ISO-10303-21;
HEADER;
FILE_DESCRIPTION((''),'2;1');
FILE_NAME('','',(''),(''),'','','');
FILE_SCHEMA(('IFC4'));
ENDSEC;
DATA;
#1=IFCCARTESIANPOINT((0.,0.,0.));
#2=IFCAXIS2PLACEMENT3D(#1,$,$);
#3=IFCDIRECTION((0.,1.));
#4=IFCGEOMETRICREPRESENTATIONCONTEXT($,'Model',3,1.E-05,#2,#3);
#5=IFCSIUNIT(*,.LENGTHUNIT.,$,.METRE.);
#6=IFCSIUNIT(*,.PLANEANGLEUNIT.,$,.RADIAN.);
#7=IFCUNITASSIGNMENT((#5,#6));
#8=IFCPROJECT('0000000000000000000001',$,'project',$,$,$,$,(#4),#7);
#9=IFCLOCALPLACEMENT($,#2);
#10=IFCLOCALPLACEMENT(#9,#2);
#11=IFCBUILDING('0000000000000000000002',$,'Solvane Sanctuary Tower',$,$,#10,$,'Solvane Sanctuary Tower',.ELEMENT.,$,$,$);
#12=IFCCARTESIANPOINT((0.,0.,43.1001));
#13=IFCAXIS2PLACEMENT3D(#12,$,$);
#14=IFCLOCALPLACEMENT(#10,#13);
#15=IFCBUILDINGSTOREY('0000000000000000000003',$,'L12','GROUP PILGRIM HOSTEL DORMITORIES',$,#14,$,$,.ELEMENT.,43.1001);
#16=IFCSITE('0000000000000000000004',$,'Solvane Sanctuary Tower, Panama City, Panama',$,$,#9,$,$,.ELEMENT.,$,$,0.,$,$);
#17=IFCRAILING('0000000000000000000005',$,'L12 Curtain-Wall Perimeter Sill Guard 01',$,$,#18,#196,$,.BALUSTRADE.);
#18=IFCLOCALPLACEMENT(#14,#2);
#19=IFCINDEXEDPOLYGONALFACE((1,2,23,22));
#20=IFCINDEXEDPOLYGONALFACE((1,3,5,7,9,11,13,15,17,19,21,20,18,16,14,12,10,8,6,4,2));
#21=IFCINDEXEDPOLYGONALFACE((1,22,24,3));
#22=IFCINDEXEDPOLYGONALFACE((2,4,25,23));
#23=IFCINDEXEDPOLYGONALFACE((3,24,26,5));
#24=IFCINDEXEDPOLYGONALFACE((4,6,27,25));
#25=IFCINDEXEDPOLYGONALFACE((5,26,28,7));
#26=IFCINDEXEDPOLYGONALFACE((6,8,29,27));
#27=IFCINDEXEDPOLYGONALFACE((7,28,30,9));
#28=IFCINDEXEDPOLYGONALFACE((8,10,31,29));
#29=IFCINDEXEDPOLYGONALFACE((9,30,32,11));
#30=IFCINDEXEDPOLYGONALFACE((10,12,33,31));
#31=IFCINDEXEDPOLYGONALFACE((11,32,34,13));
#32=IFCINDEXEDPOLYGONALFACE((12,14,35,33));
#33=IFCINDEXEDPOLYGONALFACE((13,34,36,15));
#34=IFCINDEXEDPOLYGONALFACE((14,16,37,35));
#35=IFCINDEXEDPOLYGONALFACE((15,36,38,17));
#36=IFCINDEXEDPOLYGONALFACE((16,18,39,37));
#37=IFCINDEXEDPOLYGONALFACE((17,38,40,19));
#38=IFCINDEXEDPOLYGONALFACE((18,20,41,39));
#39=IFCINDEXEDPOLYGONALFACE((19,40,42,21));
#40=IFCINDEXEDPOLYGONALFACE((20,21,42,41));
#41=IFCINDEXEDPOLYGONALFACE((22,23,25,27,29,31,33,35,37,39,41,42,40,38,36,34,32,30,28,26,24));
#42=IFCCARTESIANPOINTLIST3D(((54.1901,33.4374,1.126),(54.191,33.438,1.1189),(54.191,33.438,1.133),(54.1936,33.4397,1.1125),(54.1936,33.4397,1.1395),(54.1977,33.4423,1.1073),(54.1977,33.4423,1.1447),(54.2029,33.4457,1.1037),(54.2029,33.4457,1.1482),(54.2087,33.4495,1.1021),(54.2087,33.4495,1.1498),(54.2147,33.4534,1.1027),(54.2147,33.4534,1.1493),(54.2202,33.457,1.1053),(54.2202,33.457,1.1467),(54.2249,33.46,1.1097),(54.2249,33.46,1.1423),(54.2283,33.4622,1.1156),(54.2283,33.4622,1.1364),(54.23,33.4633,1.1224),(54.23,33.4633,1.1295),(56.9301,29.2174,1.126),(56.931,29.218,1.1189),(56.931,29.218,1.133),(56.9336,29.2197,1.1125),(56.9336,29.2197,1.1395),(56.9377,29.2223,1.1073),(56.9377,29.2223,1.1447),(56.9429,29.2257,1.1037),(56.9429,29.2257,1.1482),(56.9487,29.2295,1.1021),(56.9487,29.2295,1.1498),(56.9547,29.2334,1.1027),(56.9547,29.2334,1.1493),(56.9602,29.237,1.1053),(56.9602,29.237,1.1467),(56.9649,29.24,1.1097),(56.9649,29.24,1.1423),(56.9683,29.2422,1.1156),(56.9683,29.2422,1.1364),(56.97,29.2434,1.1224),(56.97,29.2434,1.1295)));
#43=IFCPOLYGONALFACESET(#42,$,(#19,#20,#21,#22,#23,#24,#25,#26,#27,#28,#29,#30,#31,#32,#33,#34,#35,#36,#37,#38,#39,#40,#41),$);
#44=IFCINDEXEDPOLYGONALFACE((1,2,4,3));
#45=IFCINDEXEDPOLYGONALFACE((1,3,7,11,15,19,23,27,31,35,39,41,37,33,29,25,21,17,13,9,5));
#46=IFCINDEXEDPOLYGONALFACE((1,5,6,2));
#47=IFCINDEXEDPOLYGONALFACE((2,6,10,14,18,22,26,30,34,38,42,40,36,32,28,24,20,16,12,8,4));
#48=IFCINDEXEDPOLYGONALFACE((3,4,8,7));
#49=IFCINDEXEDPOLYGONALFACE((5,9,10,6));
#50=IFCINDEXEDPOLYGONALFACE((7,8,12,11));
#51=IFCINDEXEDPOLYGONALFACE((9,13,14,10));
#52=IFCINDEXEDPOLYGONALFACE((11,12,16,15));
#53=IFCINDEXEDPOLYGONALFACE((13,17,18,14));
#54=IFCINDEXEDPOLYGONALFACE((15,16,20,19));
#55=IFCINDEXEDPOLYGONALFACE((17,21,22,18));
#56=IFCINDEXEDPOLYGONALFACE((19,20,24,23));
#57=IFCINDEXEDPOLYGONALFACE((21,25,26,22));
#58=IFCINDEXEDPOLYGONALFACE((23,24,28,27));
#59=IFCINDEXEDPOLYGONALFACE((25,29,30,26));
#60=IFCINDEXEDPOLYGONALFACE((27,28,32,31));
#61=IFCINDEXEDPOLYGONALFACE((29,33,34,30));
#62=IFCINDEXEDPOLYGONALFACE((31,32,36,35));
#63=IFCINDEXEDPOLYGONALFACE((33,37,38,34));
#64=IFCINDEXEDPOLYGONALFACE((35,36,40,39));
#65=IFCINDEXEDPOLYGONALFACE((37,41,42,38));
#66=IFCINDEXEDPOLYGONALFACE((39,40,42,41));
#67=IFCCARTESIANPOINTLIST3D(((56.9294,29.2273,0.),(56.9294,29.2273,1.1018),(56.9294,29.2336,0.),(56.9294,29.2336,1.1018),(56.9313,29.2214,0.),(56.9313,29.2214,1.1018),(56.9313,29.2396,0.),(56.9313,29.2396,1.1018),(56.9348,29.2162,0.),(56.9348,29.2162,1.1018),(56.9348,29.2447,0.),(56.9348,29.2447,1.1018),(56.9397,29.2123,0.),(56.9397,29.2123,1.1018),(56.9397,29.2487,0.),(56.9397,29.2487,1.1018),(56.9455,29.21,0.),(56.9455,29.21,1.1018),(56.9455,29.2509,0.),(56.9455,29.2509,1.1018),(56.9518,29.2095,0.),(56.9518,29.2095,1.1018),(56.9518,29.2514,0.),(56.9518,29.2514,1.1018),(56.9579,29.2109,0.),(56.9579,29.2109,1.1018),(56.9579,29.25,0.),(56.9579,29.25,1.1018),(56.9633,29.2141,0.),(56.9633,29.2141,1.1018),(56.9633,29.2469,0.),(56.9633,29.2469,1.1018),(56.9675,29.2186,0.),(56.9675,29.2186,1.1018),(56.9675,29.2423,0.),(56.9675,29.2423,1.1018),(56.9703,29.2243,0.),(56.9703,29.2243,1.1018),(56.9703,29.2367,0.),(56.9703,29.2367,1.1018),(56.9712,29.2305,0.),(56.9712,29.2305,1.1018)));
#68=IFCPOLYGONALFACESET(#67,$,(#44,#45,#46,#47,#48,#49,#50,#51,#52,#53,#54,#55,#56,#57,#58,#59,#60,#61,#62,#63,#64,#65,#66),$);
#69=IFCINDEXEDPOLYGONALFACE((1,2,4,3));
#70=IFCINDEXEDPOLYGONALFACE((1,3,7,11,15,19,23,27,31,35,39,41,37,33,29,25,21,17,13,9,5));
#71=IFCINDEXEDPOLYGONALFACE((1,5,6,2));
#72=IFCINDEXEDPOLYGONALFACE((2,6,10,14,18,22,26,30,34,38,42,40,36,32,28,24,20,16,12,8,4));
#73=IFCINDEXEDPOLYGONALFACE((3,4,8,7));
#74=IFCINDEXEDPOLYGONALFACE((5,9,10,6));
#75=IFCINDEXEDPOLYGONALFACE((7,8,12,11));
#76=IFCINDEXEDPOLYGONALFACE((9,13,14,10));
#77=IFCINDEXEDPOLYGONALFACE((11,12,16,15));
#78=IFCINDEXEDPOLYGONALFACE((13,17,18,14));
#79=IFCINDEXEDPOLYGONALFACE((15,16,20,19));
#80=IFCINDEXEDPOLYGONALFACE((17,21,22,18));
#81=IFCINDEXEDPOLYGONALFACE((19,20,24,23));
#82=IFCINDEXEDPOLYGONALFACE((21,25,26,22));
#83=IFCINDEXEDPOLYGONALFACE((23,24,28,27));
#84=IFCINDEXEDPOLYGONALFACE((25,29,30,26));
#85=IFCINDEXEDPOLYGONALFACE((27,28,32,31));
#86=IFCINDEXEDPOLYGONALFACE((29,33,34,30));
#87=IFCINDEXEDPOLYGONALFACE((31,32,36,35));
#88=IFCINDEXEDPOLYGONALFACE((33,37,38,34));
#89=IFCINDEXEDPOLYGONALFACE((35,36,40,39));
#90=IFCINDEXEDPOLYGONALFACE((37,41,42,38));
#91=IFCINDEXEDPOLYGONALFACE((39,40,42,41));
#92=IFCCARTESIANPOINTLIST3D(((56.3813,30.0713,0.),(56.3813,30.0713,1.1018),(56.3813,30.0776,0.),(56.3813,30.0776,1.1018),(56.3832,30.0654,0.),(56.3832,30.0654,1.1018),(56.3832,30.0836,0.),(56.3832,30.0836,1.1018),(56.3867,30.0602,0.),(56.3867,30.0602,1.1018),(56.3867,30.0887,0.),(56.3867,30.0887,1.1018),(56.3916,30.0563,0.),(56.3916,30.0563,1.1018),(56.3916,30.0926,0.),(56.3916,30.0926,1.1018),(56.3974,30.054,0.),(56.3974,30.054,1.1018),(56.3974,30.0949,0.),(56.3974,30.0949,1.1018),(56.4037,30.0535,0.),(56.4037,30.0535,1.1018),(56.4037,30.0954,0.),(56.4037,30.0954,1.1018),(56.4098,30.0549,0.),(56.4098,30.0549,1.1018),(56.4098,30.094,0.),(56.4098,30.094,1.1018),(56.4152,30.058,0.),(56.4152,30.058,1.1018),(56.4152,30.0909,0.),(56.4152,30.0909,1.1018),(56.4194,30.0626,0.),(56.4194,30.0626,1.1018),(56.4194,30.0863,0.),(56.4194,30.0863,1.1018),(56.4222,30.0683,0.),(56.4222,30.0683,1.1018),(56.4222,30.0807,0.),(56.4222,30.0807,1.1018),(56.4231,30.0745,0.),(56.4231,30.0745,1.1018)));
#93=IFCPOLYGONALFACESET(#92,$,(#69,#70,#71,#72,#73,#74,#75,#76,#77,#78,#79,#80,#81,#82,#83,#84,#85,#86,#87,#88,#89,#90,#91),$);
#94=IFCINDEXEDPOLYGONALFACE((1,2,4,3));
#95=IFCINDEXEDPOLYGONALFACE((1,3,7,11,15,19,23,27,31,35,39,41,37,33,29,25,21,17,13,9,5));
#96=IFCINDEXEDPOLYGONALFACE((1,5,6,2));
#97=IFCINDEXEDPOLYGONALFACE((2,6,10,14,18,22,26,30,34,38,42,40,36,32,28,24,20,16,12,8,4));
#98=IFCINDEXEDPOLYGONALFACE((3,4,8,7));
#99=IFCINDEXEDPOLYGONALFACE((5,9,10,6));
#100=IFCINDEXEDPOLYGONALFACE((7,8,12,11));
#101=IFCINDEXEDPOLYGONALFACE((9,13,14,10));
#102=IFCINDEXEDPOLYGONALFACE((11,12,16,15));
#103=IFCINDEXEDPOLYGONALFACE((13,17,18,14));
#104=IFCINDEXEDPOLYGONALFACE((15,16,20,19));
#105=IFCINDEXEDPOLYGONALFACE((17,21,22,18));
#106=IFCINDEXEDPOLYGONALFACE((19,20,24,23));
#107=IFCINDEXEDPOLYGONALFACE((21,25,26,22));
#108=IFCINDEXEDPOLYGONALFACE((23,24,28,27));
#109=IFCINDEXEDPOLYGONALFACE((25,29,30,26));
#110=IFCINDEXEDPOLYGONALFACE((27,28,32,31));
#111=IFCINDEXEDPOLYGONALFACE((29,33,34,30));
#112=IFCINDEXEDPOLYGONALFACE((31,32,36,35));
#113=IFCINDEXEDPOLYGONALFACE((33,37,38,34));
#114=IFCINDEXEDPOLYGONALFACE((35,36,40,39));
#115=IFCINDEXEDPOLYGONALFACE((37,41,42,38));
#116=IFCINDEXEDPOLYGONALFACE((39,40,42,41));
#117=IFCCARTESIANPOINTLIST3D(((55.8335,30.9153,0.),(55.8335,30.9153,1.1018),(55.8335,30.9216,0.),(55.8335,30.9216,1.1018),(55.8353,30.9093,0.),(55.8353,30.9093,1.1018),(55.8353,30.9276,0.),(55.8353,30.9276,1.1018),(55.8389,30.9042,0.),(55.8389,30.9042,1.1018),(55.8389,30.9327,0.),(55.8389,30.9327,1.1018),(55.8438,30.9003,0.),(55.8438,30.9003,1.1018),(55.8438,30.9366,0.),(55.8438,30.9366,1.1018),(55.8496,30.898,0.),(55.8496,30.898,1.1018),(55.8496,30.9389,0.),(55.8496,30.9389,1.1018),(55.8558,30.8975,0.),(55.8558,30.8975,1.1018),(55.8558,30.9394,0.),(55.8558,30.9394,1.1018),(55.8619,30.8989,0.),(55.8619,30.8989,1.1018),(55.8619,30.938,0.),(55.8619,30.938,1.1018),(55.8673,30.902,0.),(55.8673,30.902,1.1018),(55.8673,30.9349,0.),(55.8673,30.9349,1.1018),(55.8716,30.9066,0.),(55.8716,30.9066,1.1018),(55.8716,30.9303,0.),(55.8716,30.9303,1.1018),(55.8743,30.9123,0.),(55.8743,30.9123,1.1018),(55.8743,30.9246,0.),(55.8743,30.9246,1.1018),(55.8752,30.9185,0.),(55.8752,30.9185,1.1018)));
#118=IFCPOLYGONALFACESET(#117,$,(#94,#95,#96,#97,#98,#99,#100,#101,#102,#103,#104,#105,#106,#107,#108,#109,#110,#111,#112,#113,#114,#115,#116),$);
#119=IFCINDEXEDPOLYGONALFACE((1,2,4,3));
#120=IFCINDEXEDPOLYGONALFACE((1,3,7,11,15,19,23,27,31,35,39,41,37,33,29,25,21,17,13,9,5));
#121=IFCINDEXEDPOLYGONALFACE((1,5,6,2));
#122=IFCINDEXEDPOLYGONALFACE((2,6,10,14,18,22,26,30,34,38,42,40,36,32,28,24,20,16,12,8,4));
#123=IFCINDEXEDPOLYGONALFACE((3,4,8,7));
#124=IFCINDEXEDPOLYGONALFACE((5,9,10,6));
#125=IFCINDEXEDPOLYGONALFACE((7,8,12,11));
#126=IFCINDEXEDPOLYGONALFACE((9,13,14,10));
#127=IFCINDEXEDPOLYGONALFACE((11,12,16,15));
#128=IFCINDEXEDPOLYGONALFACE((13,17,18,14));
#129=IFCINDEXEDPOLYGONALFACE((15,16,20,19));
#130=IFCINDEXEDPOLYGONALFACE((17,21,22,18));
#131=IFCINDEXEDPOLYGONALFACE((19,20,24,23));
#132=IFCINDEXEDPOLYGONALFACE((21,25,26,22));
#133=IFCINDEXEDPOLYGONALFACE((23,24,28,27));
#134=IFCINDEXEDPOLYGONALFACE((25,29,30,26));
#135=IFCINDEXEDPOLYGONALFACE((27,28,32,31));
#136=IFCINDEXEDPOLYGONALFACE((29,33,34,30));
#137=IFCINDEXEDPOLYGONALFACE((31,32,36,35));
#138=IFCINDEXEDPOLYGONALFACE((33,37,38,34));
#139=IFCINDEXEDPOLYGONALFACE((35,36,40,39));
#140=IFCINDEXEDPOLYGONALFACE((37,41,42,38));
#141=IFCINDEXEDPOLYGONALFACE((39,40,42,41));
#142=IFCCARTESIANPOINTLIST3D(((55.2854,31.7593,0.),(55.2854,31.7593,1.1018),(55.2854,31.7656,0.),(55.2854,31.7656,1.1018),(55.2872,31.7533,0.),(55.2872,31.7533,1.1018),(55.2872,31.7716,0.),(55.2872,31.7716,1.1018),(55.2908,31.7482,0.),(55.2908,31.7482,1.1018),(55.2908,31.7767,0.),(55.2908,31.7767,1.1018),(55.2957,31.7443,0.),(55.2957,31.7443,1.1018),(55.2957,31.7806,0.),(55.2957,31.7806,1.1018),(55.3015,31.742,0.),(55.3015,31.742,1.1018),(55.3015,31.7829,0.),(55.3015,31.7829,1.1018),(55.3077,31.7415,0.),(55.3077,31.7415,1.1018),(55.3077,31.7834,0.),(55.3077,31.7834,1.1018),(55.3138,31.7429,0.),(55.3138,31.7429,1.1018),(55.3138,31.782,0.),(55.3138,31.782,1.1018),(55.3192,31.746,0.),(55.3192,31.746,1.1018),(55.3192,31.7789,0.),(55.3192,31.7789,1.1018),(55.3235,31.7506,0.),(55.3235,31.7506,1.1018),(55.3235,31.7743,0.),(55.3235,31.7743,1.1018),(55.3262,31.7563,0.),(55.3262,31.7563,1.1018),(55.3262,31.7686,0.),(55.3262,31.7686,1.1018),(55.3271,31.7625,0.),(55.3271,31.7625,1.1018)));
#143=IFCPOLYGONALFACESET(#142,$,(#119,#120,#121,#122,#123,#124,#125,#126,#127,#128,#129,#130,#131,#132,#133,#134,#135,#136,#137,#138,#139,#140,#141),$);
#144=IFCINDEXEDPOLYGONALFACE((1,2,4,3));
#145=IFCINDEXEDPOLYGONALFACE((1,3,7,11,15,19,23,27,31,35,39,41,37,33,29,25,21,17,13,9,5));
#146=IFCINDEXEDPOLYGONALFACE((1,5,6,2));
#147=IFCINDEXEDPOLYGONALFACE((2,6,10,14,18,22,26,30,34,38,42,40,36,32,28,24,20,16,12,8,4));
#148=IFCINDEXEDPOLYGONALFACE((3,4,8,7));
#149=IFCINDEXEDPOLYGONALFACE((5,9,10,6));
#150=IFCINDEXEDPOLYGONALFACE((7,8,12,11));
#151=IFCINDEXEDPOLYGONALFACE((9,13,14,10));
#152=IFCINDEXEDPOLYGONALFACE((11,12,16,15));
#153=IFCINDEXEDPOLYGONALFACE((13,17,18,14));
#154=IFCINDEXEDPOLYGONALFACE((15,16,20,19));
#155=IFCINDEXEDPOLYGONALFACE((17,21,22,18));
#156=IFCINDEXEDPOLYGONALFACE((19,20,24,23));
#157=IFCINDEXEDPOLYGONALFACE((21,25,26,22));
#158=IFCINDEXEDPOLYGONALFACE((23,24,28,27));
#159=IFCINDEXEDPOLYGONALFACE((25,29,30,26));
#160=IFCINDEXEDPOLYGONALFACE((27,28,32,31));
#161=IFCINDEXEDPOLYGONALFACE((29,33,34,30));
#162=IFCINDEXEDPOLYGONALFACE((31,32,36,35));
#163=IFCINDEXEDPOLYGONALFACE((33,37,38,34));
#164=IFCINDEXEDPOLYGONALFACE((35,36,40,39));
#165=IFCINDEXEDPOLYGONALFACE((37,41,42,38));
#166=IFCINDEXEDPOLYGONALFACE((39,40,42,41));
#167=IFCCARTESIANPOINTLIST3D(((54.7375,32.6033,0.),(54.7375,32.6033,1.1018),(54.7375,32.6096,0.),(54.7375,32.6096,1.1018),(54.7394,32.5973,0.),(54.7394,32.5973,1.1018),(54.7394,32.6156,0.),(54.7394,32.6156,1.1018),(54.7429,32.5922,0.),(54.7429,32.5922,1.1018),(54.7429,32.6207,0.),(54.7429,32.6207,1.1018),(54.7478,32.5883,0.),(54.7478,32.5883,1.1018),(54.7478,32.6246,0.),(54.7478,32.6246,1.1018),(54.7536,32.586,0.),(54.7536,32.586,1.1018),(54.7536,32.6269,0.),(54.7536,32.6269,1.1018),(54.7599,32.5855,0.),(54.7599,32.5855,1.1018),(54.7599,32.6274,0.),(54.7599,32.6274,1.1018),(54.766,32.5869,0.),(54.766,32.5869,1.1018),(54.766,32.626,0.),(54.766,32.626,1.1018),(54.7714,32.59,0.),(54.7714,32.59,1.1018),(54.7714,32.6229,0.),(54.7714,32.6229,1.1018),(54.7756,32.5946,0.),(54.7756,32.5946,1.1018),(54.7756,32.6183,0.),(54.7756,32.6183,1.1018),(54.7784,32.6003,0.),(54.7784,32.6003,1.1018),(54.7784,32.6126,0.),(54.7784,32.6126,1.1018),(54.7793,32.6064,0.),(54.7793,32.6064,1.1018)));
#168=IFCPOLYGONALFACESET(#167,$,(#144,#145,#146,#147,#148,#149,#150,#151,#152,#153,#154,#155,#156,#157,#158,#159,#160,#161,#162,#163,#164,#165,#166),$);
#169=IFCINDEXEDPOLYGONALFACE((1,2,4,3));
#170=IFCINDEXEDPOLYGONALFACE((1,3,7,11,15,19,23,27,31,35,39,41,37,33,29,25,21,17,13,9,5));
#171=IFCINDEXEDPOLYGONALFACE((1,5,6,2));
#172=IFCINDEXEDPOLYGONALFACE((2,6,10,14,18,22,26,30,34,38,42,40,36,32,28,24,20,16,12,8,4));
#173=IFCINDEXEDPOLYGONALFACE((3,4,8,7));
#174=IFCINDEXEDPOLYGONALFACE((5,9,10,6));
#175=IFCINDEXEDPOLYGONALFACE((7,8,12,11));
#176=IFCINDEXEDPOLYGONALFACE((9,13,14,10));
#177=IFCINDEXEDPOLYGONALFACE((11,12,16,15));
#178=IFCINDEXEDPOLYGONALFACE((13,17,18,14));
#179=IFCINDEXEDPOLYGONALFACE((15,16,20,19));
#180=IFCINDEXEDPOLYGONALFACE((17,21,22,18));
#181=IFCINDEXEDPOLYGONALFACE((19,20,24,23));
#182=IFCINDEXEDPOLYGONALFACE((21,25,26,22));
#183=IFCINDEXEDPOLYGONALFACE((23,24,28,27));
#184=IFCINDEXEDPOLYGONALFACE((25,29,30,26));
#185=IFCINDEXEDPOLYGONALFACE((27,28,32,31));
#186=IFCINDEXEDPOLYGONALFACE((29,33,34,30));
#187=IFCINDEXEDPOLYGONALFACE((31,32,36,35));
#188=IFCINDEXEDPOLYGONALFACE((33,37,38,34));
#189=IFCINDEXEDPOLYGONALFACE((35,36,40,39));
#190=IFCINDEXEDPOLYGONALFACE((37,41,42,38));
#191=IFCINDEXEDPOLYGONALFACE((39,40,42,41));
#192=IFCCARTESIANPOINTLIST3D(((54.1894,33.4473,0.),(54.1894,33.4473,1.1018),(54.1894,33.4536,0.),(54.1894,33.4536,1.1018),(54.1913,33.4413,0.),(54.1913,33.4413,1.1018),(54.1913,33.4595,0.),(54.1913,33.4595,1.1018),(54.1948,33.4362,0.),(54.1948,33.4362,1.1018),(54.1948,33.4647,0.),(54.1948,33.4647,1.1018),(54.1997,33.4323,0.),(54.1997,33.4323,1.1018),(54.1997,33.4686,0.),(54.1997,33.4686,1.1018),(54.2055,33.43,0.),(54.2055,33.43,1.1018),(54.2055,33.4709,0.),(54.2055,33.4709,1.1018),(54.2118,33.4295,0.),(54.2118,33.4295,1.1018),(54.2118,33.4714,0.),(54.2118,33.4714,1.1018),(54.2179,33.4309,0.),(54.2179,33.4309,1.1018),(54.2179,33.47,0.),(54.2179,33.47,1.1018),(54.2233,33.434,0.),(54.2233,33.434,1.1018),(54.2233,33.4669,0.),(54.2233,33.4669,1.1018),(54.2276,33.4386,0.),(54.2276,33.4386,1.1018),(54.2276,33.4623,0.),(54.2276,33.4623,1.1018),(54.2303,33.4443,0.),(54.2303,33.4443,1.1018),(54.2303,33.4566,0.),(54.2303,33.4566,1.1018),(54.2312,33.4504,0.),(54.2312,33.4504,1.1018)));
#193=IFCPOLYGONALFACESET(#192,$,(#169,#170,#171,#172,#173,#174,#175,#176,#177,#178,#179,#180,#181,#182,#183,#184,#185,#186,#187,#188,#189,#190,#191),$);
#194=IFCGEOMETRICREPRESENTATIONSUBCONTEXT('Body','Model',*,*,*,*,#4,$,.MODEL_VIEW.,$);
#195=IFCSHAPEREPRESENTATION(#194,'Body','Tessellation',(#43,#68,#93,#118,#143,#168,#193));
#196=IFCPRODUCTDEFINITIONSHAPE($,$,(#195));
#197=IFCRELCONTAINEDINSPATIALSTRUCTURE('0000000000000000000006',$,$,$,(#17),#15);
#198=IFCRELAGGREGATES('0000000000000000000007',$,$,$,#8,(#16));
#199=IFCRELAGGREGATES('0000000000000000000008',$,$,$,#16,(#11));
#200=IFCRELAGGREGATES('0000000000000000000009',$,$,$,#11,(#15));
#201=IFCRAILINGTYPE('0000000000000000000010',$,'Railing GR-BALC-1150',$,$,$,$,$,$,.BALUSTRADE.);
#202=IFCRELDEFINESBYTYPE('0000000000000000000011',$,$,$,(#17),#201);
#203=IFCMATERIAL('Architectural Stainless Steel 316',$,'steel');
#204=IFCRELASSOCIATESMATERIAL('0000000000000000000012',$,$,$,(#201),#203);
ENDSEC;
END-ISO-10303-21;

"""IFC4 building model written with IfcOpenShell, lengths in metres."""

from ifc_helpers import new_model, si_unit, direction, frame, origin, origin_2d, place, context, subcontext, project, spatial, circle, extrude, material, type_object, element, save


model = new_model("IFC4")

# Units and contexts
model_context = context("Model", 3, precision=1e-05, world=origin(), true_north=direction((0.0, 1.0)))
body_context = subcontext(model_context, "Body", "Model", "MODEL_VIEW")
ifc_project = project(units=[si_unit("LENGTHUNIT", "METRE"), si_unit("PLANEANGLEUNIT", "RADIAN")], contexts=[model_context])

# Site, building, storey
site_placement = place(None, origin())
site = spatial("IfcSite", under=ifc_project, at=site_placement, Name="Solvane Sanctuary Tower, Panama City, Panama", CompositionType="ELEMENT", RefElevation=0.0)
building_placement = place(site_placement, origin())
building = spatial("IfcBuilding", under=site, at=building_placement, Name="Solvane Sanctuary Tower", LongName="Solvane Sanctuary Tower", CompositionType="ELEMENT")
storey_placement = place(building_placement, frame((0.0, 0.0, 43.1001)))
storey = spatial("IfcBuildingStorey", under=building, at=storey_placement, Name="L12", Description="GROUP PILGRIM HOSTEL DORMITORIES", CompositionType="ELEMENT", Elevation=43.1001)

# Shared definitions
ifc_material_1 = material(Name="Architectural Stainless Steel 316", Category="steel")

# Railing
railing_type_1 = type_object("IfcRailingType", Name="Railing GR-BALC-1150", PredefinedType="BALUSTRADE", material=ifc_material_1)
railing_1_placement = place(storey_placement, frame((56.9502, 29.2305, 0.0)))
element("IfcRailing", 1, at=railing_1_placement, inside=storey, type_object=railing_type_1, Name="L12 Curtain-Wall Perimeter Sill Guard 01", PredefinedType="BALUSTRADE", context=body_context, shape_type="SweptSolid", body=[
    extrude(circle(Radius=0.0239, at=origin_2d()), frame((0.0, 0.0, 1.126), z_axis=(-0.54457, 0.838715, 0.0), x_axis=(-0.838715, -0.54457, 0.0)), (0.0, 0.0, 1.0), 5.0315),
    extrude(circle(Radius=0.021, at=origin_2d()), origin(), (0.0, 0.0, 1.0), 1.1018),
    extrude(circle(Radius=0.021, at=origin_2d()), frame((-0.5481, 0.844, 0.0)), (0.0, 0.0, 1.0), 1.1018),
    extrude(circle(Radius=0.021, at=origin_2d()), frame((-1.0959, 1.688, 0.0)), (0.0, 0.0, 1.0), 1.1018),
    extrude(circle(Radius=0.021, at=origin_2d()), frame((-1.644, 2.532, 0.0)), (0.0, 0.0, 1.0), 1.1018),
    extrude(circle(Radius=0.021, at=origin_2d()), frame((-2.1919, 3.376, 0.0)), (0.0, 0.0, 1.0), 1.1018),
    extrude(circle(Radius=0.021, at=origin_2d()), frame((-2.74, 4.22, 0.0)), (0.0, 0.0, 1.0), 1.1018),
])

save(model, "model.ifc")
